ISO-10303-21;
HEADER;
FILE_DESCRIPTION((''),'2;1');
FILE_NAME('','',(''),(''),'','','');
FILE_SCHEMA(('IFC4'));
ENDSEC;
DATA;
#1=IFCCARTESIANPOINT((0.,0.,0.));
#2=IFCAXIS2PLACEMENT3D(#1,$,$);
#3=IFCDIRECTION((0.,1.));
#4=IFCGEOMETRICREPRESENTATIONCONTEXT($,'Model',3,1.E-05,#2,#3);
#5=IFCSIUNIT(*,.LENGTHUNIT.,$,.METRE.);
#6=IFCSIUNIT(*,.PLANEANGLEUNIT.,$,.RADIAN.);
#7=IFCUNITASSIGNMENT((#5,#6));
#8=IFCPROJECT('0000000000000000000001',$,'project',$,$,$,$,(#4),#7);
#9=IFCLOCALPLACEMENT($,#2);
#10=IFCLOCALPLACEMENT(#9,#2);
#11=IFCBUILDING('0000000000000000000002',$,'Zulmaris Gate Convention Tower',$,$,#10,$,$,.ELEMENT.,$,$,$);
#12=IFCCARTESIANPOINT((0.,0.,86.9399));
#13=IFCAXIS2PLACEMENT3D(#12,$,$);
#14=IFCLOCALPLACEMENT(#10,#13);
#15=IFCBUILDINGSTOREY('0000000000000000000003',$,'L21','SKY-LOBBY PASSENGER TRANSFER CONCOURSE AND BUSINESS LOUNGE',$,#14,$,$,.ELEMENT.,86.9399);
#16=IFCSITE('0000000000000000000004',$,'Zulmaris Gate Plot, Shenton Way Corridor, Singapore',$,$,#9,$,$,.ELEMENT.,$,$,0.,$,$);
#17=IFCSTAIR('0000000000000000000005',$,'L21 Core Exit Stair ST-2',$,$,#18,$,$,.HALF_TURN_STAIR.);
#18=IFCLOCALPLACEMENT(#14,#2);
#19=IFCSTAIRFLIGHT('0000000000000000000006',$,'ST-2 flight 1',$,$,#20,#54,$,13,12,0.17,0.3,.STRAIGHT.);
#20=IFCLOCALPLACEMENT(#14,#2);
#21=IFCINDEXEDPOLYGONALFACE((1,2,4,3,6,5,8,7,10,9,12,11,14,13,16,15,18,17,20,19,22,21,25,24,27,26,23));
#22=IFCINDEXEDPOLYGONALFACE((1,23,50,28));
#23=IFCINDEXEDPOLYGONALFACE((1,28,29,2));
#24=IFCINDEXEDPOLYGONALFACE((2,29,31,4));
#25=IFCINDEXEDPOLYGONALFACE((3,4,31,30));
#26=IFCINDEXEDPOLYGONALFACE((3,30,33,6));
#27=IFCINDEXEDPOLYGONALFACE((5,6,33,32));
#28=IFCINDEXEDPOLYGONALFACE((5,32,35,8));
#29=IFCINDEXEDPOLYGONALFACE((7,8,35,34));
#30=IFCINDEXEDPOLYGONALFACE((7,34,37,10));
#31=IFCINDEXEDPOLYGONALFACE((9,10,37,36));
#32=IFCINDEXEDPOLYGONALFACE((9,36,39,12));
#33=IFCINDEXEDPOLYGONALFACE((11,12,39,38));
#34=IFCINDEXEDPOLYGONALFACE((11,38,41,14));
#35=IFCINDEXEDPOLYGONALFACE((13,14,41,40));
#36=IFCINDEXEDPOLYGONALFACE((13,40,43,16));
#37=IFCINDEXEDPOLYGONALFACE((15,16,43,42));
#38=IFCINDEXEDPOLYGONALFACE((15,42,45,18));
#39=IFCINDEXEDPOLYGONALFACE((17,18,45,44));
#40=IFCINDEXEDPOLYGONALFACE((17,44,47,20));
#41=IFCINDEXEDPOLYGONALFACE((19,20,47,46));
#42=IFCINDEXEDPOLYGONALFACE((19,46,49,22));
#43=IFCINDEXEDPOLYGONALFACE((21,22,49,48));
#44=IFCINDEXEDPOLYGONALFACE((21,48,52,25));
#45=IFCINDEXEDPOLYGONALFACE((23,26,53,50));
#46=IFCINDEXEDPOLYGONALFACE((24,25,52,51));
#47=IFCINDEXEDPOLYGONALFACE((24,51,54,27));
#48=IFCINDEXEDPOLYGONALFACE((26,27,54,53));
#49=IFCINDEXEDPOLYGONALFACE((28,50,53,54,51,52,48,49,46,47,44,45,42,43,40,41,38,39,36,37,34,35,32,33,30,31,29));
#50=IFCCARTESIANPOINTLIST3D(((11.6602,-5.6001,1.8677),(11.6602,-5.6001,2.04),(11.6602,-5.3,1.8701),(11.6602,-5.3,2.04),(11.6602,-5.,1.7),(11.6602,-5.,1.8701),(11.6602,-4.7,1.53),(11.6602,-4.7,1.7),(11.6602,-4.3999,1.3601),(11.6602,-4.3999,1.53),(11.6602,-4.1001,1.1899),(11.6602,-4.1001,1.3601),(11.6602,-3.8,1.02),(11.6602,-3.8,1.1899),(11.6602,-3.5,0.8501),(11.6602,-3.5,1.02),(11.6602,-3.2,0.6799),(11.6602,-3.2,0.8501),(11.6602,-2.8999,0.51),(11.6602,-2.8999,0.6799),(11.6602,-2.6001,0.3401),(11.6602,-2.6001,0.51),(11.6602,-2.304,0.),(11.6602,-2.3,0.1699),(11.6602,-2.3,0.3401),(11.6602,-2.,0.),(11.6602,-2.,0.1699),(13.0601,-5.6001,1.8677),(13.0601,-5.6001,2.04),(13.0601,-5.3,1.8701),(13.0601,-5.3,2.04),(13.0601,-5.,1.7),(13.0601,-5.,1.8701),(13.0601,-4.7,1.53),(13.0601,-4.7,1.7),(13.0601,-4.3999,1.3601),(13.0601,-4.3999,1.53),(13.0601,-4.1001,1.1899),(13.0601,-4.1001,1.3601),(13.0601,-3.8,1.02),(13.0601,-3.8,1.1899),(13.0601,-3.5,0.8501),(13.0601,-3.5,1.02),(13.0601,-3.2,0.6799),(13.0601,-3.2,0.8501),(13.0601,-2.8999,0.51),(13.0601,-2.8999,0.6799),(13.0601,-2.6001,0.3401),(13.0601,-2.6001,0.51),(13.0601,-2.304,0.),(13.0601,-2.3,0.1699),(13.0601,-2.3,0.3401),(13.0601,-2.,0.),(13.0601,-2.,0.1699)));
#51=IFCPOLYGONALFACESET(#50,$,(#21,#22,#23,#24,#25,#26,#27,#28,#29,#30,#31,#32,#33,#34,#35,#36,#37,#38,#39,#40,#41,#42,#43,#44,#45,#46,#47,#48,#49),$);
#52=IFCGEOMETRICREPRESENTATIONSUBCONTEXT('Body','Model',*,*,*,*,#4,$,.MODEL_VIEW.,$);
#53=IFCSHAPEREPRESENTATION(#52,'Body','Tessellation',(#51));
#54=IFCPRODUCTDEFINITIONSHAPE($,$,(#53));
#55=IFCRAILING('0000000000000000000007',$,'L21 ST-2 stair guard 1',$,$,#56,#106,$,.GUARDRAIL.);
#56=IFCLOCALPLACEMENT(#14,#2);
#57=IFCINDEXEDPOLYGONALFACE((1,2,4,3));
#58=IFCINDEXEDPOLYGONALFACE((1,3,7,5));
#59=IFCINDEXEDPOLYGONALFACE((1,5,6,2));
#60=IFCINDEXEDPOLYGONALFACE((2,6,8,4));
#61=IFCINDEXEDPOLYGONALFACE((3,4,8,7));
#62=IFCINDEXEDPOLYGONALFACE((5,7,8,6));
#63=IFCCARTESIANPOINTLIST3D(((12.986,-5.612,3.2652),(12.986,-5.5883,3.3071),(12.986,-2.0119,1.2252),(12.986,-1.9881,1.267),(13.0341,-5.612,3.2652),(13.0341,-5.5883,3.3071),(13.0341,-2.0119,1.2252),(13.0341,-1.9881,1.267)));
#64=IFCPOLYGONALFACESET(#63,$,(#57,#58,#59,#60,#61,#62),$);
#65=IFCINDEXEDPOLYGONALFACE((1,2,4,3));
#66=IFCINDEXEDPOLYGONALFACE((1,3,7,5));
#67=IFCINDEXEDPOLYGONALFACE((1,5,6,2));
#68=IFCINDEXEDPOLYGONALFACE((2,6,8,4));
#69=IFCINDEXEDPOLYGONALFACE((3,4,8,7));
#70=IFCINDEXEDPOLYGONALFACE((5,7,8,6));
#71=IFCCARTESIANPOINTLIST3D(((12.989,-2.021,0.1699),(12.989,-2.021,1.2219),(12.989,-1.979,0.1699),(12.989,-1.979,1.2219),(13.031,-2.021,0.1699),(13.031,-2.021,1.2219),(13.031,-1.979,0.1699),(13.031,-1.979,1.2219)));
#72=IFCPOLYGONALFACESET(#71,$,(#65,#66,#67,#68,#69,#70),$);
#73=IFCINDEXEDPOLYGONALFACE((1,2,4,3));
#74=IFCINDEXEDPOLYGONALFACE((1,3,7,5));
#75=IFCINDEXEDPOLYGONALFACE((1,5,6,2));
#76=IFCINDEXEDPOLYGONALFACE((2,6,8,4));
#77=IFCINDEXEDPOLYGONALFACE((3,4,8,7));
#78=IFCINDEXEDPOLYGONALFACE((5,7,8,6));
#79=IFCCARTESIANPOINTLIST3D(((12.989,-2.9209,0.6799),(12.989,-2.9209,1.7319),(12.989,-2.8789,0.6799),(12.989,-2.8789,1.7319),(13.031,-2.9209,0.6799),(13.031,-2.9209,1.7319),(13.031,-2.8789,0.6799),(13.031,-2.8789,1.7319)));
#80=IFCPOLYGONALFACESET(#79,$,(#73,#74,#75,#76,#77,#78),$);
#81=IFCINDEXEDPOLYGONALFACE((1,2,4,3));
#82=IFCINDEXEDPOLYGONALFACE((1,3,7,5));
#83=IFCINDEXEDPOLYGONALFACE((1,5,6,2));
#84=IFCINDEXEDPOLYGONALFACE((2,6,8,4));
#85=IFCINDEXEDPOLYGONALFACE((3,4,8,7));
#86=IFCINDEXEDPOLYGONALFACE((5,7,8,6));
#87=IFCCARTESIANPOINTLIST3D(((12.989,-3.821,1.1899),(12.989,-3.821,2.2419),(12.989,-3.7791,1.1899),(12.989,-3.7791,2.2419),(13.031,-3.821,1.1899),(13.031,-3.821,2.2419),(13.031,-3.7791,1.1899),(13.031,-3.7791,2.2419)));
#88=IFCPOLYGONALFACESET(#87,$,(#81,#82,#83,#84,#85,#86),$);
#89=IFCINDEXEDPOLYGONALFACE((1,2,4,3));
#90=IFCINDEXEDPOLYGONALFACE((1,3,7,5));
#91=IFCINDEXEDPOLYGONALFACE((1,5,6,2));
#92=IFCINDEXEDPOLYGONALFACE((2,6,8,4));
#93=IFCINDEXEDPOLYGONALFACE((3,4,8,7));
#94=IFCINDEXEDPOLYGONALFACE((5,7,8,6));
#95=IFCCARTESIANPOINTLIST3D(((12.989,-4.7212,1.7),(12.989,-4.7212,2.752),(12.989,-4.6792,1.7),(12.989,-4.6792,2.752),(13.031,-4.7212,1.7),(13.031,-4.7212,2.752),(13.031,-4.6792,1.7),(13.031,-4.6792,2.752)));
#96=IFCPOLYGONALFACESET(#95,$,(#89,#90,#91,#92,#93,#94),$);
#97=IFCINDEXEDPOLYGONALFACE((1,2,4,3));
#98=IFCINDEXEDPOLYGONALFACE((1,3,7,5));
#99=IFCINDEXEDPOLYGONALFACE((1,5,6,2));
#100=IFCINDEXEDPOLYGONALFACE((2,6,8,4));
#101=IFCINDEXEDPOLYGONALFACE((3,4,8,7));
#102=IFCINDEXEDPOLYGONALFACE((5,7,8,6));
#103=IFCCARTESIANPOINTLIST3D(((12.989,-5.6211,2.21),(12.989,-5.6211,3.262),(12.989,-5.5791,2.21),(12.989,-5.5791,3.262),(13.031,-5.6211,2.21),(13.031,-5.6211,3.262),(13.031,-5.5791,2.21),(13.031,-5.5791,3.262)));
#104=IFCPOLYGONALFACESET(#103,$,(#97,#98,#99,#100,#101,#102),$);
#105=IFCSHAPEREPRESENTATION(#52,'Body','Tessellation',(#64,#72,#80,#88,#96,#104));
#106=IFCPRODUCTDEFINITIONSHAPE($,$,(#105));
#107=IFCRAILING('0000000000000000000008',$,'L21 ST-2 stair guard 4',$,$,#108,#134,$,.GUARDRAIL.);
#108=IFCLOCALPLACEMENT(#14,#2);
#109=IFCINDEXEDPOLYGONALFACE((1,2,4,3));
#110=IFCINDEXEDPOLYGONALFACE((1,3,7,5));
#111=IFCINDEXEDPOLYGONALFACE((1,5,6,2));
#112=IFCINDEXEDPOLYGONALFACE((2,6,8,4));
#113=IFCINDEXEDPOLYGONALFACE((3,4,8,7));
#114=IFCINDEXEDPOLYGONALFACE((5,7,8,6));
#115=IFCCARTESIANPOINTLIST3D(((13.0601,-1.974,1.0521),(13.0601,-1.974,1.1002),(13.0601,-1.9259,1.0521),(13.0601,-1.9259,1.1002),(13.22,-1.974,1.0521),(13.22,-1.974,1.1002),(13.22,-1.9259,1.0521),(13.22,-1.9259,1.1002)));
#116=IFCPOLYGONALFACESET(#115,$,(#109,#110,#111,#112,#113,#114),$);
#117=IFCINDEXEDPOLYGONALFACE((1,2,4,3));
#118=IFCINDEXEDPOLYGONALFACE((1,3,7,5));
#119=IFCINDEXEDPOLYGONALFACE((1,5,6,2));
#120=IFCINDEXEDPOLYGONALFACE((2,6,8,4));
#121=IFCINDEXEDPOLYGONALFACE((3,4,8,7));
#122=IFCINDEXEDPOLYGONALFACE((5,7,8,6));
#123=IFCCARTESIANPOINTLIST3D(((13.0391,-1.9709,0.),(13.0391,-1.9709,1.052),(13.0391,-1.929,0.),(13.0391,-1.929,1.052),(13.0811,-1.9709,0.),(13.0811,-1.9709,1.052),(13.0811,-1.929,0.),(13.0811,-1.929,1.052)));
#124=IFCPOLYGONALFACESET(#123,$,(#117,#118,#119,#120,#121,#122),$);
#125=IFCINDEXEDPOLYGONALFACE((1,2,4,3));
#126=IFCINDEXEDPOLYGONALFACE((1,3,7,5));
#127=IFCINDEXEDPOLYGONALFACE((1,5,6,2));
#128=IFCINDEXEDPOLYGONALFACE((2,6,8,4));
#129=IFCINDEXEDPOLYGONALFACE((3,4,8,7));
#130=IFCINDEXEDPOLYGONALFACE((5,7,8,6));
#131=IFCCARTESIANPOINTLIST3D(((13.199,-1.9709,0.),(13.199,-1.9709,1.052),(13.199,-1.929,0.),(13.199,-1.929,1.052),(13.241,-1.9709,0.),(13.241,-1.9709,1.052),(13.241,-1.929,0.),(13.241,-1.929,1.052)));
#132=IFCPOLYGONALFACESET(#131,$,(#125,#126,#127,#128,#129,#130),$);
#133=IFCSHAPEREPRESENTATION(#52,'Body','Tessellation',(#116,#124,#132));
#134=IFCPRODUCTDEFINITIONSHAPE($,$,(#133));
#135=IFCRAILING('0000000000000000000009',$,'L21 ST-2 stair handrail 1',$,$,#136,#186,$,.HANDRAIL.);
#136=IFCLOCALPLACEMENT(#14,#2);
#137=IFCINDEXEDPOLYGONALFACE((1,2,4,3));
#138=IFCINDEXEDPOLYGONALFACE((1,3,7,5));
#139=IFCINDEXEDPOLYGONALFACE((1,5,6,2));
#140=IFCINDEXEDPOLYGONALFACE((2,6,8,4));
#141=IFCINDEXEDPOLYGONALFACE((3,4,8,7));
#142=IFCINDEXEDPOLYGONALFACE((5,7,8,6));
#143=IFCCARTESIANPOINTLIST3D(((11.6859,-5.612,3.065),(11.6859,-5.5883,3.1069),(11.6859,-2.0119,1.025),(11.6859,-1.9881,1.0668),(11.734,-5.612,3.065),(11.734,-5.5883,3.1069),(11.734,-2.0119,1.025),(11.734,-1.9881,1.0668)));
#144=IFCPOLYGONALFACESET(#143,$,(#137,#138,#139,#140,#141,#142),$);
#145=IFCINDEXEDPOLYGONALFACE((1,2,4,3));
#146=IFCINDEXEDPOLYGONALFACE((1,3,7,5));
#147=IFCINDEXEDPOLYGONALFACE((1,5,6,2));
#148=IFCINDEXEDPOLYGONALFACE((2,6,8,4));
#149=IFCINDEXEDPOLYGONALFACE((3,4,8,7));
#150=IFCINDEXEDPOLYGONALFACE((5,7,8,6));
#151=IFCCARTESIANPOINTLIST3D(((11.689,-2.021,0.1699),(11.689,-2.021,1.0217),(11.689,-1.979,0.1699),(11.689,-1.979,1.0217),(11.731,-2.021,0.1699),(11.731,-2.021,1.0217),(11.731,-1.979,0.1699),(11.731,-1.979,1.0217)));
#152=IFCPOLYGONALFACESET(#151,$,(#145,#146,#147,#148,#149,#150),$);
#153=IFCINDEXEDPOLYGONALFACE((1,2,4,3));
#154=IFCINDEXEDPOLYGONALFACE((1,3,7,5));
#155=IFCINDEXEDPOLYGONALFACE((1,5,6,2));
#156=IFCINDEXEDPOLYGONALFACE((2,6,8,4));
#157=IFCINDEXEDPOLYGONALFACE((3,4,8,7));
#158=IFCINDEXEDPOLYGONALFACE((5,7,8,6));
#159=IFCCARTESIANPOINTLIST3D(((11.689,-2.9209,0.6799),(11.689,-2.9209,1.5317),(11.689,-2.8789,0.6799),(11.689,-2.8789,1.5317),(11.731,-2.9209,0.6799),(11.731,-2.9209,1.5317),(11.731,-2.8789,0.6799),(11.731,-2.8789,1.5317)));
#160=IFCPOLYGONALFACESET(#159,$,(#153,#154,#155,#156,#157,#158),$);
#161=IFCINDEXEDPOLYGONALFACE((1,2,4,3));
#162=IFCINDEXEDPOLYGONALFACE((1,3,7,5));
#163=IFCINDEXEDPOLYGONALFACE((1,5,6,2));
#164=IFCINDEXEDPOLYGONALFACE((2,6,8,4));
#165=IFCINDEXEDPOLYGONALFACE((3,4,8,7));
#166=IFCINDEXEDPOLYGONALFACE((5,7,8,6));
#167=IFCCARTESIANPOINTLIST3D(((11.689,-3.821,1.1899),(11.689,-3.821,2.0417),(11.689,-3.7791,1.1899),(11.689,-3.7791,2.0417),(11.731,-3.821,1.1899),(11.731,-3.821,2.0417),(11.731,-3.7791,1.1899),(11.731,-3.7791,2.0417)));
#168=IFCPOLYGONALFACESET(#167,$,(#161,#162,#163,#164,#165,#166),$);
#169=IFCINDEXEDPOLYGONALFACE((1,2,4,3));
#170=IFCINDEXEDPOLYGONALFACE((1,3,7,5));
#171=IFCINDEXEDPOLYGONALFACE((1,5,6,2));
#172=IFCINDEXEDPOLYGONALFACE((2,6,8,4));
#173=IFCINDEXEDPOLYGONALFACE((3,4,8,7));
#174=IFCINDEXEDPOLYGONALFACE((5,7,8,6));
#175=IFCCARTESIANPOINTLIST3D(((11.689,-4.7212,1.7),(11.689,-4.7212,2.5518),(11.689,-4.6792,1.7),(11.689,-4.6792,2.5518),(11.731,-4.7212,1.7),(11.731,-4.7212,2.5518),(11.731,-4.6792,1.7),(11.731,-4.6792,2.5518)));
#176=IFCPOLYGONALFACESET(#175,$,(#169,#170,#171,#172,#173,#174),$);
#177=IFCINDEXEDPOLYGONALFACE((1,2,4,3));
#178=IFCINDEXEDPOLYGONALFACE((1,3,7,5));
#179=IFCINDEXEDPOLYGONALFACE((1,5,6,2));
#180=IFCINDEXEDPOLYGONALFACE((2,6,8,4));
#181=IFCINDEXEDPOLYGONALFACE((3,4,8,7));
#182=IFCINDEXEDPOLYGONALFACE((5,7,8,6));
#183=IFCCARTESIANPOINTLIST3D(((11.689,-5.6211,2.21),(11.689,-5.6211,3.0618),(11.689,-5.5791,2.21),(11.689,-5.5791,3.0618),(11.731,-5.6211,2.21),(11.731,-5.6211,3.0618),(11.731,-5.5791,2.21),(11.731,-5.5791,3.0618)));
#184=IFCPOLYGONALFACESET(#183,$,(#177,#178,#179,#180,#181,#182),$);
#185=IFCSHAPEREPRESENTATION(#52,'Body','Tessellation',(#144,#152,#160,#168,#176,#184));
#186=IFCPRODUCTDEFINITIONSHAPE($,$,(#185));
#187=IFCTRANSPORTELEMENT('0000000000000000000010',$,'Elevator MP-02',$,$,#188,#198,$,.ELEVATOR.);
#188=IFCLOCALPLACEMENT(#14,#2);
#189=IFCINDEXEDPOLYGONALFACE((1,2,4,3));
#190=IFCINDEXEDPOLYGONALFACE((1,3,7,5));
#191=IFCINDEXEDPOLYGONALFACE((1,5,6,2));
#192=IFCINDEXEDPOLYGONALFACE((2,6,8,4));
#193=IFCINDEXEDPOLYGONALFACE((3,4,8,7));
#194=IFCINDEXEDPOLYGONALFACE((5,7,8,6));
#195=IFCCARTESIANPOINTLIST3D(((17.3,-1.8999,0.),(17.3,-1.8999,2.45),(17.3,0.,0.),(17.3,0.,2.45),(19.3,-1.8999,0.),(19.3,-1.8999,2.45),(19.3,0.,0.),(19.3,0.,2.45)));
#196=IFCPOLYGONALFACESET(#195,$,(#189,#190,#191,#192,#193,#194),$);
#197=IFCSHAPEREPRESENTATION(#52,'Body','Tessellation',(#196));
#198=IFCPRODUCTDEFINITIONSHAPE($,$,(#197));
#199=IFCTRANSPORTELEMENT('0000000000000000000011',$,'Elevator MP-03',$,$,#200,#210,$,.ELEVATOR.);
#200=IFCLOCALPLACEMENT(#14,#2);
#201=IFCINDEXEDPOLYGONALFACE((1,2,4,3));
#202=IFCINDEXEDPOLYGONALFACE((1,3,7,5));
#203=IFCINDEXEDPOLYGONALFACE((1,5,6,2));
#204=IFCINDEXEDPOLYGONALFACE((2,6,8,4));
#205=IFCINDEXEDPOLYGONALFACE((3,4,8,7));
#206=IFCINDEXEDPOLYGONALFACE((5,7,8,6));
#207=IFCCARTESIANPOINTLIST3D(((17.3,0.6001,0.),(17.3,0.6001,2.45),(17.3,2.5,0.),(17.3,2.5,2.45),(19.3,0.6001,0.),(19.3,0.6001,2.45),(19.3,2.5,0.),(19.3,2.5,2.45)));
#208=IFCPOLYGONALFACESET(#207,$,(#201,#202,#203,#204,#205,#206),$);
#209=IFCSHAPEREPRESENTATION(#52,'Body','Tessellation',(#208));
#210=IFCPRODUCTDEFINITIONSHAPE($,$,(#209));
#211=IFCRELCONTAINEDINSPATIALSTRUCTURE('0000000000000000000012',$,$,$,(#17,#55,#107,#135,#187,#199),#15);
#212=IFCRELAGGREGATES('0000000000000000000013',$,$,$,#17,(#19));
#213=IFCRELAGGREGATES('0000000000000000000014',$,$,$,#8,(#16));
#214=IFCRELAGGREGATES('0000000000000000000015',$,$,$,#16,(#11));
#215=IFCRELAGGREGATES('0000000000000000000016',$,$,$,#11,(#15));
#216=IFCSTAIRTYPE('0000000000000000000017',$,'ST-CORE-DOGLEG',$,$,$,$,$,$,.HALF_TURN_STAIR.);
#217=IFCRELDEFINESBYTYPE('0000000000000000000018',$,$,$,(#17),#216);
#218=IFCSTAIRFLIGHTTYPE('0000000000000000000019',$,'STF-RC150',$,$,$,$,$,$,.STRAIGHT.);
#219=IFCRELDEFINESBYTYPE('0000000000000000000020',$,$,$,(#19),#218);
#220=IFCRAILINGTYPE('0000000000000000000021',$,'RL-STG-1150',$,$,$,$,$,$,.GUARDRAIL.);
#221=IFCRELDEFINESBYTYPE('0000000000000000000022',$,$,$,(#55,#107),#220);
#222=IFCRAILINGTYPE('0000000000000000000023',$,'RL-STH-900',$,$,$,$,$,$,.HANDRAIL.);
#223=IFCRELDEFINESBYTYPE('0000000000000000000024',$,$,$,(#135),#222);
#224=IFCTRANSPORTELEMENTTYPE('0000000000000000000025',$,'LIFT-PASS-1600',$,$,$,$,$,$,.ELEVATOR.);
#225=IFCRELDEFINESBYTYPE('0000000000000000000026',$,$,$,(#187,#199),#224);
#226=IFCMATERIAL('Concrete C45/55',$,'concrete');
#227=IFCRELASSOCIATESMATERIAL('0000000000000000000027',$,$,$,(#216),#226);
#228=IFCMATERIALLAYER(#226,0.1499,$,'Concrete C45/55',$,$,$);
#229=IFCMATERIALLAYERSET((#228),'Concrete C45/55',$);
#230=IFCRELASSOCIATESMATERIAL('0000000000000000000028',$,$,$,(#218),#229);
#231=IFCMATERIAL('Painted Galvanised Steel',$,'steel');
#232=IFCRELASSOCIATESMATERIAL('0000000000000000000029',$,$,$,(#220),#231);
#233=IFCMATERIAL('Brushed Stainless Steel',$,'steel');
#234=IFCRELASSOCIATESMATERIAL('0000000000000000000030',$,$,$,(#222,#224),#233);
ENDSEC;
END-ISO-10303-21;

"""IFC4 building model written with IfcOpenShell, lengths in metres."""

from ifc_helpers import new_model, si_unit, direction, frame, origin, origin_2d, place, context, subcontext, project, spatial, polyline, rectangle, outline, extrude, material, layer, layer_set, type_object, element, aggregate, save


model = new_model("IFC4")

# Units and contexts
model_context = context("Model", 3, precision=1e-05, world=origin(), true_north=direction((0.0, 1.0)))
body_context = subcontext(model_context, "Body", "Model", "MODEL_VIEW")
ifc_project = project(units=[si_unit("LENGTHUNIT", "METRE"), si_unit("PLANEANGLEUNIT", "RADIAN")], contexts=[model_context])

# Site, building, storey
site_placement = place(None, origin())
site = spatial("IfcSite", under=ifc_project, at=site_placement, Name="Zulmaris Gate Plot, Shenton Way Corridor, Singapore", CompositionType="ELEMENT", RefElevation=0.0)
building_placement = place(site_placement, origin())
building = spatial("IfcBuilding", under=site, at=building_placement, Name="Zulmaris Gate Convention Tower", CompositionType="ELEMENT")
storey_placement = place(building_placement, frame((0.0, 0.0, 86.9399)))
storey = spatial("IfcBuildingStorey", under=building, at=storey_placement, Name="L21", Description="SKY-LOBBY PASSENGER TRANSFER CONCOURSE AND BUSINESS LOUNGE", CompositionType="ELEMENT", Elevation=86.9399)

# Shared definitions
ifc_material_1 = material(Name="Brushed Stainless Steel", Category="steel")

# Stair, stair flight
ifc_material_2 = material(Name="Concrete C45/55", Category="concrete")
stair_type = type_object("IfcStairType", Name="ST-CORE-DOGLEG", PredefinedType="HALF_TURN_STAIR", material=ifc_material_2)
stair_placement = place(storey_placement, origin())
stair = element("IfcStair", 1, at=stair_placement, inside=storey, type_object=stair_type, Name="L21 Core Exit Stair ST-2", PredefinedType="HALF_TURN_STAIR")
ifc_layer_1 = layer(ifc_material_2, 0.1499, Name="Concrete C45/55")
ifc_layer_set_1 = layer_set([ifc_layer_1], Name="Concrete C45/55")
stair_flight_type = type_object("IfcStairFlightType", Name="STF-RC150", PredefinedType="STRAIGHT", material=ifc_layer_set_1)
stair_flight_placement = place(storey_placement, frame((12.3601, -2.0, 0.0), z_axis=(0.0, 0.0, 1.0), x_axis=(0.0, -1.0, 0.0)))
stair_flight = element("IfcStairFlight", 2, at=stair_flight_placement, type_object=stair_flight_type, Name="ST-2 flight 1", NumberOfRisers=13, NumberOfTreads=12, PredefinedType="STRAIGHT", RiserHeight=0.17, TreadLength=0.3, context=body_context, shape_type="SweptSolid", body=[
    extrude(outline(polyline([(0.0, 0.0), (0.0, 0.1699), (0.3, 0.1699), (0.3, 0.3401), (0.6001, 0.3401), (0.6001, 0.51), (0.8999, 0.51), (0.8999, 0.6799), (1.2, 0.6799), (1.2, 0.8501), (1.5, 0.8501), (1.5, 1.02), (1.8, 1.02), (1.8, 1.1899), (2.1001, 1.1899), (2.1001, 1.3601), (2.3999, 1.3601), (2.3999, 1.53), (2.7, 1.53), (2.7, 1.7), (3.0, 1.7), (3.0, 1.8701), (3.3, 1.8701), (3.3, 2.04), (3.6001, 2.04), (3.6001, 2.21), (3.6001, 1.8677), (0.304, 0.0), (0.0, 0.0)])), frame((0.0, 0.7, 0.0), z_axis=(0.0, -1.0, 0.0), x_axis=(1.0, 0.0, 0.0)), (0.0, 0.0, 1.0), 1.3999),
])
aggregate(stair, [stair_flight])

# Railings
ifc_material_3 = material(Name="Painted Galvanised Steel", Category="steel")
railing_type_1 = type_object("IfcRailingType", Name="RL-STG-1150", PredefinedType="GUARDRAIL", material=ifc_material_3)
railing_1_placement = place(storey_placement, frame((13.01, -2.0, 0.1699)))
element("IfcRailing", 3, at=railing_1_placement, inside=storey, type_object=railing_type_1, Name="L21 ST-2 stair guard 1", PredefinedType="GUARDRAIL", context=body_context, shape_type="SweptSolid", body=[
    extrude(rectangle(XDim=0.0481, YDim=0.0481, at=origin_2d()), frame((0.0, 0.0, 1.0762), z_axis=(0.0, -0.870024, 0.49301), x_axis=(1.0, 0.0, 0.0)), (0.0, 0.0, 1.0), 4.1379),
    extrude(rectangle(XDim=0.042, YDim=0.042, at=origin_2d()), origin(), (0.0, 0.0, 1.0), 1.052),
    extrude(rectangle(XDim=0.042, YDim=0.042, at=origin_2d()), frame((0.0, -0.8999, 0.51)), (0.0, 0.0, 1.0), 1.052),
    extrude(rectangle(XDim=0.042, YDim=0.042, at=origin_2d()), frame((0.0, -1.8, 1.02)), (0.0, 0.0, 1.0), 1.052),
    extrude(rectangle(XDim=0.042, YDim=0.042, at=origin_2d()), frame((0.0, -2.7002, 1.53)), (0.0, 0.0, 1.0), 1.052),
    extrude(rectangle(XDim=0.042, YDim=0.042, at=origin_2d()), frame((0.0, -3.6001, 2.04)), (0.0, 0.0, 1.0), 1.052),
])
railing_2_placement = place(storey_placement, frame((13.0601, -1.95, 0.0)))
element("IfcRailing", 4, at=railing_2_placement, inside=storey, type_object=railing_type_1, Name="L21 ST-2 stair guard 4", PredefinedType="GUARDRAIL", context=body_context, shape_type="SweptSolid", body=[
    extrude(rectangle(XDim=0.0481, YDim=0.0481, at=origin_2d()), frame((0.0, 0.0, 1.0762), z_axis=(1.0, 0.0, 0.0), x_axis=(0.0, 1.0, 0.0)), (0.0, 0.0, 1.0), 0.1599),
    extrude(rectangle(XDim=0.042, YDim=0.042, at=origin_2d()), origin(), (0.0, 0.0, 1.0), 1.052),
    extrude(rectangle(XDim=0.042, YDim=0.042, at=origin_2d()), frame((0.1599, 0.0, 0.0)), (0.0, 0.0, 1.0), 1.052),
])
railing_type_2 = type_object("IfcRailingType", Name="RL-STH-900", PredefinedType="HANDRAIL", material=ifc_material_1)
railing_3_placement = place(storey_placement, frame((11.71, -2.0, 0.1699)))
element("IfcRailing", 5, at=railing_3_placement, inside=storey, type_object=railing_type_2, Name="L21 ST-2 stair handrail 1", PredefinedType="HANDRAIL", context=body_context, shape_type="SweptSolid", body=[
    extrude(rectangle(XDim=0.0481, YDim=0.0481, at=origin_2d()), frame((0.0, 0.0, 0.876), z_axis=(0.0, -0.870024, 0.49301), x_axis=(1.0, 0.0, 0.0)), (0.0, 0.0, 1.0), 4.1379),
    extrude(rectangle(XDim=0.042, YDim=0.042, at=origin_2d()), origin(), (0.0, 0.0, 1.0), 0.8518),
    extrude(rectangle(XDim=0.042, YDim=0.042, at=origin_2d()), frame((0.0, -0.8999, 0.51)), (0.0, 0.0, 1.0), 0.8518),
    extrude(rectangle(XDim=0.042, YDim=0.042, at=origin_2d()), frame((0.0, -1.8, 1.02)), (0.0, 0.0, 1.0), 0.8518),
    extrude(rectangle(XDim=0.042, YDim=0.042, at=origin_2d()), frame((0.0, -2.7002, 1.53)), (0.0, 0.0, 1.0), 0.8518),
    extrude(rectangle(XDim=0.042, YDim=0.042, at=origin_2d()), frame((0.0, -3.6001, 2.04)), (0.0, 0.0, 1.0), 0.8518),
])

# Transport elements
transport_element_type = type_object("IfcTransportElementType", Name="LIFT-PASS-1600", PredefinedType="ELEVATOR", material=ifc_material_1)
for number, where, z_axis, x_axis, name in (
    (6, (18.3, -0.95, 0.0), (0.0, 0.0, 1.0), (1.0, 0.0, 0.0), "Elevator MP-02"),
    (7, (18.3, 1.55, 0.0), (0.0, 0.0, 1.0), (1.0, 0.0, 0.0), "Elevator MP-03"),
):
    element("IfcTransportElement", number, at=place(storey_placement, frame(where, z_axis=z_axis, x_axis=x_axis)), inside=storey, type_object=transport_element_type, Name=name, PredefinedType="ELEVATOR", context=body_context, shape_type="SweptSolid", body=[
        extrude(rectangle(XDim=2.0, YDim=1.8999, at=origin_2d()), origin(), (0.0, 0.0, 1.0), 2.45),
    ])

save(model, "model.ifc")
